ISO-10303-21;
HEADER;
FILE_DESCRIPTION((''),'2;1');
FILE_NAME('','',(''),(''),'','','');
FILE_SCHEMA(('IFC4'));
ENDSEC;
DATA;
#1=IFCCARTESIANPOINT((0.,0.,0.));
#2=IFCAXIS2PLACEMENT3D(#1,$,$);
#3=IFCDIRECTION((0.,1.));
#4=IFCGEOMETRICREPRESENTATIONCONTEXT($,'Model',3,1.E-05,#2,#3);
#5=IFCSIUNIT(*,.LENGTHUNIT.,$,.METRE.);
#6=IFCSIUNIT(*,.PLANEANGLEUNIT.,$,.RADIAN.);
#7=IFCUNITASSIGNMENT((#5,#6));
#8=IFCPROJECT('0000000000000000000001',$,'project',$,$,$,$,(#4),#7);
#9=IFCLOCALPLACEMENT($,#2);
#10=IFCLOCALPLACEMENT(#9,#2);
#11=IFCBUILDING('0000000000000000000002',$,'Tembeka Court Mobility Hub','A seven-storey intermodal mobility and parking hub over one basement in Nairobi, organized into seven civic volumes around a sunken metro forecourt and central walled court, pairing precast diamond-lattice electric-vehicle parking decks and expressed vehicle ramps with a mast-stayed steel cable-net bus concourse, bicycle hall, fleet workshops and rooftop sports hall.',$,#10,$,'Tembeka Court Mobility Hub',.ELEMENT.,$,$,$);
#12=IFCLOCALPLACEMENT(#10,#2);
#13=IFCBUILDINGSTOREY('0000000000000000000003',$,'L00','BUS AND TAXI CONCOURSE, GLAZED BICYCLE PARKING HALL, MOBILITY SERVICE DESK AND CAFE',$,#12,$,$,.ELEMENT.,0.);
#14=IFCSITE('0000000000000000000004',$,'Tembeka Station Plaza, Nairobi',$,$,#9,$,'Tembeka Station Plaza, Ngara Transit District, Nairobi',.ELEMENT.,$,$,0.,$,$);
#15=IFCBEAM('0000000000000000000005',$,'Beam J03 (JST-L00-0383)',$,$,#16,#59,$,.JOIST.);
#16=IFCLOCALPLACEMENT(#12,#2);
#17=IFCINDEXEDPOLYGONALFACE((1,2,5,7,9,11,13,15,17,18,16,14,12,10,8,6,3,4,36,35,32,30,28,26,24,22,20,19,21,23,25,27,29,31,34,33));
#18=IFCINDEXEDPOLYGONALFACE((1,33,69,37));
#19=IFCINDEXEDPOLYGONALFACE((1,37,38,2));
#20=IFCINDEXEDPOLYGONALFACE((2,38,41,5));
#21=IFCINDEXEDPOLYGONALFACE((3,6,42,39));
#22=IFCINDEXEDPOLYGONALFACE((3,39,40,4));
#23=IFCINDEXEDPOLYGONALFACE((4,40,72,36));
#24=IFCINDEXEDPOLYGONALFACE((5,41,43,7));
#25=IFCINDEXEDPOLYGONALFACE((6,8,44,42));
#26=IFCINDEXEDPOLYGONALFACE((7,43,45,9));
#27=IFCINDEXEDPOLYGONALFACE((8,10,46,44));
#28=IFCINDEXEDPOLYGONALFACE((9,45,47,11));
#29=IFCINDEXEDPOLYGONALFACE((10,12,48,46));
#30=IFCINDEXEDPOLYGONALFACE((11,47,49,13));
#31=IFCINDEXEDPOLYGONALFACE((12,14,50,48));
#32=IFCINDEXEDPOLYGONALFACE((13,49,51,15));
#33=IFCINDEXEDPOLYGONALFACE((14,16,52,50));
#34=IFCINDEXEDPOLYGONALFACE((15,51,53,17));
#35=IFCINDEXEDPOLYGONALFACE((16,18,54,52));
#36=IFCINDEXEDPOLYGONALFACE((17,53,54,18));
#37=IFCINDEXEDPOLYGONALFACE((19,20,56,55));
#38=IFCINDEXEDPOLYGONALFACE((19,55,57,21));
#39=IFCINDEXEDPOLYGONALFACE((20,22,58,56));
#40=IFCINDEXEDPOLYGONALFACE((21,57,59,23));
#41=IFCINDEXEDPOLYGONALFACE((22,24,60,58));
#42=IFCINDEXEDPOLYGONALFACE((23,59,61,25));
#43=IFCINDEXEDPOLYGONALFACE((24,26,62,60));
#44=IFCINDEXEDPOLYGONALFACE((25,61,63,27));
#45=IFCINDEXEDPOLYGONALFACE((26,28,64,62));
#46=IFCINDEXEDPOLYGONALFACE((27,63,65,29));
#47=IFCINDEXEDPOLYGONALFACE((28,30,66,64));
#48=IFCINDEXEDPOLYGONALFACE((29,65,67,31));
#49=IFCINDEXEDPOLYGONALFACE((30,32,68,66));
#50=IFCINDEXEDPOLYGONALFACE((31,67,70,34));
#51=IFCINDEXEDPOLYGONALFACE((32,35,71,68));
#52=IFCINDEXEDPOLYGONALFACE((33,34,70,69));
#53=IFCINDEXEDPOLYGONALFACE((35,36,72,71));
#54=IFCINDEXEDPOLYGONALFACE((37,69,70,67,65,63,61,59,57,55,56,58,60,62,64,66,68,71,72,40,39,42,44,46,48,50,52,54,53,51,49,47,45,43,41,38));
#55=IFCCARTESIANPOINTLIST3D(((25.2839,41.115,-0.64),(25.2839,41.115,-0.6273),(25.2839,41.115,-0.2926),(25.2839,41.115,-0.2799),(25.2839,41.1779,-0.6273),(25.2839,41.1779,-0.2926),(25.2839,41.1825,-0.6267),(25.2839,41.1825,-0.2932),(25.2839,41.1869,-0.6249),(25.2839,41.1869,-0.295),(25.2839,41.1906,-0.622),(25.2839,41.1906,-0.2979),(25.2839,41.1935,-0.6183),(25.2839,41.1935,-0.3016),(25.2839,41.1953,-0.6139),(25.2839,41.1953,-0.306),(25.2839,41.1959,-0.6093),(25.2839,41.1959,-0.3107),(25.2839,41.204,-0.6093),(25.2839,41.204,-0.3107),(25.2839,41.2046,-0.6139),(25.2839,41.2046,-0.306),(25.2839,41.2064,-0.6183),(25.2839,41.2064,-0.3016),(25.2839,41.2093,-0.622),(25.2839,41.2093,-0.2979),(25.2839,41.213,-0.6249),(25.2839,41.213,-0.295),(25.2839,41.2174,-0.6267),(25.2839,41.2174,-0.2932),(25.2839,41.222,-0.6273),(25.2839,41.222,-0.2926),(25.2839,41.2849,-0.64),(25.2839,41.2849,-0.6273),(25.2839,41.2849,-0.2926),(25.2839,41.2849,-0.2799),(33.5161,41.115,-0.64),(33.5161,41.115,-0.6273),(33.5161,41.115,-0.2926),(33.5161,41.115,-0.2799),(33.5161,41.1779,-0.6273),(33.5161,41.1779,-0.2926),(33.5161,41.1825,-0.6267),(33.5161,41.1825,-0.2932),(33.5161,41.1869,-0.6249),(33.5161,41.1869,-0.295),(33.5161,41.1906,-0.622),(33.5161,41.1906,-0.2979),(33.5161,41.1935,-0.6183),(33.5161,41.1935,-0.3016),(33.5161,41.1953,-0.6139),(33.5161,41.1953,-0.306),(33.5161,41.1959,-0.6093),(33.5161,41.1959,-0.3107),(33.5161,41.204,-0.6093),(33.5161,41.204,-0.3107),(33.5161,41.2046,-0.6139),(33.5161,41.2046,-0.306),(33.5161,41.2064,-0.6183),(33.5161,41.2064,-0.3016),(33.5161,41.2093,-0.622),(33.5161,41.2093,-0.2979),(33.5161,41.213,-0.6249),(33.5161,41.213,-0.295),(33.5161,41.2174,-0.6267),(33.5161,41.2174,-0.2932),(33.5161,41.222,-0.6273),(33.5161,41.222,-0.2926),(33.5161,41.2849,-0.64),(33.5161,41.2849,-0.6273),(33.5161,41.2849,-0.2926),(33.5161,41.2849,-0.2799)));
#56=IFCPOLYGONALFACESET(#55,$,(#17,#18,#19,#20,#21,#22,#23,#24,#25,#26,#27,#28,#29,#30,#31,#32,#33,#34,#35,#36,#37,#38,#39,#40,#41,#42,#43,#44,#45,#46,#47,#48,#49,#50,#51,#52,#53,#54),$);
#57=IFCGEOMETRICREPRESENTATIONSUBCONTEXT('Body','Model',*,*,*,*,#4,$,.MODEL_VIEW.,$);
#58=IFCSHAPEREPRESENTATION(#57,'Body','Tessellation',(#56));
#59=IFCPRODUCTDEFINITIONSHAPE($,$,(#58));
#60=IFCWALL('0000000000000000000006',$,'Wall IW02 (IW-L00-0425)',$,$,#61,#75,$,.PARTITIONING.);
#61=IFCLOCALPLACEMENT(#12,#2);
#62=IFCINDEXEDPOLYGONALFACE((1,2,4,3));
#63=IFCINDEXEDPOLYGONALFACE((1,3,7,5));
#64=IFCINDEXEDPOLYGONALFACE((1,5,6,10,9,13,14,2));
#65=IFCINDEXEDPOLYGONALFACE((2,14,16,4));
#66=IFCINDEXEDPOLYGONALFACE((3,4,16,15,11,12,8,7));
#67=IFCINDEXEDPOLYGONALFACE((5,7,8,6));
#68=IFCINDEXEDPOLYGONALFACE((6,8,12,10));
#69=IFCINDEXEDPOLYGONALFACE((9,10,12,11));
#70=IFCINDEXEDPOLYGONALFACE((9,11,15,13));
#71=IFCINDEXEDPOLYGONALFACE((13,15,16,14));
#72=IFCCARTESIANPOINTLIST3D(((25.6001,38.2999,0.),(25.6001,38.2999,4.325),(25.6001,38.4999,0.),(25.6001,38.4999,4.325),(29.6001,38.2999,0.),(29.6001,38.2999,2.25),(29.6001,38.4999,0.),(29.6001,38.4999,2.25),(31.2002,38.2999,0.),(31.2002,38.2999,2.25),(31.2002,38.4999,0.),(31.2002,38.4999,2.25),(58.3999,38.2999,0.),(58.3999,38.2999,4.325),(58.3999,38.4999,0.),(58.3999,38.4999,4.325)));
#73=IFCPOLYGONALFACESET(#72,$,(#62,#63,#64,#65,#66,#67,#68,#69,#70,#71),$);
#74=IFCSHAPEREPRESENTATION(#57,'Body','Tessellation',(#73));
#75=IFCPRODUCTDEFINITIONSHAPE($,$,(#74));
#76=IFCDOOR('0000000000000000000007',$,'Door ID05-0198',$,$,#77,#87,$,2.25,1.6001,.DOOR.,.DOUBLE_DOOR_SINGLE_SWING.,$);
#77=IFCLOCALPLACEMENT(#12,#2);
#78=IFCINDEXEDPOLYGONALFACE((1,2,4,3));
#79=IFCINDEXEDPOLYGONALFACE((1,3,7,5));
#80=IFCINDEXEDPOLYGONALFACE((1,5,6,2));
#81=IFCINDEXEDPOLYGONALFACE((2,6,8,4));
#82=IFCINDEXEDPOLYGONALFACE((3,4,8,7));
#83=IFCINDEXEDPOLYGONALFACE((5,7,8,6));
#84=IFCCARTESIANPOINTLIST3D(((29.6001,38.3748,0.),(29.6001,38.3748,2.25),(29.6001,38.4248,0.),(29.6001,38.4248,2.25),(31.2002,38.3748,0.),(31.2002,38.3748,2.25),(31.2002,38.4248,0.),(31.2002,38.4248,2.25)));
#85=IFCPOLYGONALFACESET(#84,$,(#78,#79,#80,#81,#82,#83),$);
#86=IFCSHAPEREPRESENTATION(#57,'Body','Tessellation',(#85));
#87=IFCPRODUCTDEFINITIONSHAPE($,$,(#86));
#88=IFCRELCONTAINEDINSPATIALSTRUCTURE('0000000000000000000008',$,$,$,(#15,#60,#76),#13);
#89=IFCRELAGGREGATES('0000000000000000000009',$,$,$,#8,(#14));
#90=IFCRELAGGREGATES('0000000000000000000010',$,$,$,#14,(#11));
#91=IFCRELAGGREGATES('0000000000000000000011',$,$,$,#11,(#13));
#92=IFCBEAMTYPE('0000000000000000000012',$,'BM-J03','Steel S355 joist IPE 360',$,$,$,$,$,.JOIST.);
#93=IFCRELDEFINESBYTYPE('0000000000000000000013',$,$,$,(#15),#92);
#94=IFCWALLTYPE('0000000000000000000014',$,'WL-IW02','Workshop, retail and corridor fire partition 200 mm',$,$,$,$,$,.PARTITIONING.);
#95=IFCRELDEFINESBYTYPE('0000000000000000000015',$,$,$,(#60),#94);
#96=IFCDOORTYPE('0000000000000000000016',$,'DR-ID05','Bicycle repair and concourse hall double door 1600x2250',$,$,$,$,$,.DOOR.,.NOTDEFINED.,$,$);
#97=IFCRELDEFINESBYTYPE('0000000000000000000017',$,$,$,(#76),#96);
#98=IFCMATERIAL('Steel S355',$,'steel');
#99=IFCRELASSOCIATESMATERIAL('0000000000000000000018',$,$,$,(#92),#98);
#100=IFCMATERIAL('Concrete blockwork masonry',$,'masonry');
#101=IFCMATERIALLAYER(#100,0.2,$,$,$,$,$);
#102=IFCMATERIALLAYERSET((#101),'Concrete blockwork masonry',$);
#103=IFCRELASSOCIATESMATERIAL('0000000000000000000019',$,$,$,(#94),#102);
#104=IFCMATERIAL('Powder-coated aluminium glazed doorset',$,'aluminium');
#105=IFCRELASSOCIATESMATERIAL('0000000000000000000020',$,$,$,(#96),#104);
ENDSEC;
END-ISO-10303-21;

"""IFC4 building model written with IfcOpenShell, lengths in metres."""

from ifc_helpers import new_model, si_unit, direction, frame, frame_2d, origin, origin_2d, place, context, subcontext, project, spatial, rectangle, i_section, extrude, material, layer, layer_set, material_profile, profile_set, type_object, element, fill, save


model = new_model("IFC4")

# Units and contexts
model_context = context("Model", 3, precision=1e-05, world=origin(), true_north=direction((0.0, 1.0)))
body_context = subcontext(model_context, "Body", "Model", "MODEL_VIEW")
ifc_project = project(units=[si_unit("LENGTHUNIT", "METRE"), si_unit("PLANEANGLEUNIT", "RADIAN")], contexts=[model_context])

# Site, building, storey
site_placement = place(None, origin())
site = spatial("IfcSite", under=ifc_project, at=site_placement, Name="Tembeka Station Plaza, Nairobi", LongName="Tembeka Station Plaza, Ngara Transit District, Nairobi", CompositionType="ELEMENT", RefElevation=0.0)
building_placement = place(site_placement, origin())
building = spatial("IfcBuilding", under=site, at=building_placement, Name="Tembeka Court Mobility Hub", Description="A seven-storey intermodal mobility and parking hub over one basement in Nairobi, organized into seven civic volumes around a sunken metro forecourt and central walled court, pairing precast diamond-lattice electric-vehicle parking decks and expressed vehicle ramps with a mast-stayed steel cable-net bus concourse, bicycle hall, fleet workshops and rooftop sports hall.", LongName="Tembeka Court Mobility Hub", CompositionType="ELEMENT")
storey_placement = place(building_placement, origin())
storey = spatial("IfcBuildingStorey", under=building, at=storey_placement, Name="L00", Description="BUS AND TAXI CONCOURSE, GLAZED BICYCLE PARKING HALL, MOBILITY SERVICE DESK AND CAFE", CompositionType="ELEMENT", Elevation=0.0)

# Shared definitions
ifc_material_1 = material(Name="Steel S355", Category="steel")

# Beam
ifc_material_profile_1 = material_profile(ifc_material_1, i_section(OverallWidth=0.1699, OverallDepth=0.3601, WebThickness=0.0081, FlangeThickness=0.0127, FilletRadius=0.0181, at=origin_2d()), Name="IPE 360")
ifc_profile_set_1 = profile_set([ifc_material_profile_1], Name="Steel S355")
beam_type_1 = type_object("IfcBeamType", Name="BM-J03", Description="Steel S355 joist IPE 360", PredefinedType="JOIST", material=ifc_profile_set_1)
beam_1_placement = place(storey_placement, frame((25.2839, 41.2, -0.46), z_axis=(1.0, 0.0, 0.0), x_axis=(0.0, 1.0, 0.0)))
element("IfcBeam", 1, at=beam_1_placement, inside=storey, type_object=beam_type_1, Name="Beam J03 (JST-L00-0383)", PredefinedType="JOIST", context=body_context, shape_type="SweptSolid", body=[
    extrude(i_section(OverallWidth=0.1699, OverallDepth=0.3601, WebThickness=0.0081, FlangeThickness=0.0127, FilletRadius=0.0181, at=origin_2d()), origin(), (0.0, 0.0, 1.0), 8.2322),
])

# Wall, opening, door
ifc_material_2 = material(Name="Concrete blockwork masonry", Category="masonry")
ifc_layer = layer(ifc_material_2, 0.2)
ifc_layer_set = layer_set([ifc_layer], Name="Concrete blockwork masonry")
wall_type = type_object("IfcWallType", Name="WL-IW02", Description="Workshop, retail and corridor fire partition 200 mm", PredefinedType="PARTITIONING", material=ifc_layer_set)
wall_placement = place(storey_placement, frame((25.6001, 38.3999, 0.0), z_axis=(0.0, 0.0, 1.0), x_axis=(1.0, 0.0, 0.0)))
wall = element("IfcWall", 2, at=wall_placement, inside=storey, type_object=wall_type, Name="Wall IW02 (IW-L00-0425)", PredefinedType="PARTITIONING", context=body_context, shape_type="SweptSolid", body=[
    extrude(rectangle(XDim=32.7998, YDim=0.2, at=frame_2d((16.3999, 0.0))), origin(), (0.0, 0.0, 1.0), 4.325),
])
opening_placement = place(wall_placement, frame((4.0, 0.0, 0.0)))
opening = element("IfcOpeningElement", 3, at=opening_placement, cuts=wall, PredefinedType="OPENING", context=body_context, shape_type="SweptSolid", body=[
    extrude(rectangle(XDim=1.6001, YDim=2.25, at=frame_2d((0.8, 1.125))), frame((0.0, 0.1099, 0.0), z_axis=(0.0, -1.0, 0.0), x_axis=(1.0, 0.0, 0.0)), (0.0, 0.0, 1.0), 0.22),
])
ifc_material_3 = material(Name="Powder-coated aluminium glazed doorset", Category="aluminium")
door_type = type_object("IfcDoorType", Name="DR-ID05", Description="Bicycle repair and concourse hall double door 1600x2250", OperationType="NOTDEFINED", PredefinedType="DOOR", material=ifc_material_3)
door_placement = place(opening_placement, origin())
door = element("IfcDoor", 4, at=door_placement, inside=storey, type_object=door_type, Name="Door ID05-0198", OperationType="DOUBLE_DOOR_SINGLE_SWING", OverallHeight=2.25, OverallWidth=1.6001, PredefinedType="DOOR", context=body_context, shape_type="SweptSolid", body=[
    extrude(rectangle(XDim=1.6001, YDim=2.25, at=frame_2d((0.8, 1.125))), frame((0.0, 0.0249, 0.0), z_axis=(0.0, -1.0, 0.0), x_axis=(1.0, 0.0, 0.0)), (0.0, 0.0, 1.0), 0.05),
])
fill(opening, door)

save(model, "model.ifc")
